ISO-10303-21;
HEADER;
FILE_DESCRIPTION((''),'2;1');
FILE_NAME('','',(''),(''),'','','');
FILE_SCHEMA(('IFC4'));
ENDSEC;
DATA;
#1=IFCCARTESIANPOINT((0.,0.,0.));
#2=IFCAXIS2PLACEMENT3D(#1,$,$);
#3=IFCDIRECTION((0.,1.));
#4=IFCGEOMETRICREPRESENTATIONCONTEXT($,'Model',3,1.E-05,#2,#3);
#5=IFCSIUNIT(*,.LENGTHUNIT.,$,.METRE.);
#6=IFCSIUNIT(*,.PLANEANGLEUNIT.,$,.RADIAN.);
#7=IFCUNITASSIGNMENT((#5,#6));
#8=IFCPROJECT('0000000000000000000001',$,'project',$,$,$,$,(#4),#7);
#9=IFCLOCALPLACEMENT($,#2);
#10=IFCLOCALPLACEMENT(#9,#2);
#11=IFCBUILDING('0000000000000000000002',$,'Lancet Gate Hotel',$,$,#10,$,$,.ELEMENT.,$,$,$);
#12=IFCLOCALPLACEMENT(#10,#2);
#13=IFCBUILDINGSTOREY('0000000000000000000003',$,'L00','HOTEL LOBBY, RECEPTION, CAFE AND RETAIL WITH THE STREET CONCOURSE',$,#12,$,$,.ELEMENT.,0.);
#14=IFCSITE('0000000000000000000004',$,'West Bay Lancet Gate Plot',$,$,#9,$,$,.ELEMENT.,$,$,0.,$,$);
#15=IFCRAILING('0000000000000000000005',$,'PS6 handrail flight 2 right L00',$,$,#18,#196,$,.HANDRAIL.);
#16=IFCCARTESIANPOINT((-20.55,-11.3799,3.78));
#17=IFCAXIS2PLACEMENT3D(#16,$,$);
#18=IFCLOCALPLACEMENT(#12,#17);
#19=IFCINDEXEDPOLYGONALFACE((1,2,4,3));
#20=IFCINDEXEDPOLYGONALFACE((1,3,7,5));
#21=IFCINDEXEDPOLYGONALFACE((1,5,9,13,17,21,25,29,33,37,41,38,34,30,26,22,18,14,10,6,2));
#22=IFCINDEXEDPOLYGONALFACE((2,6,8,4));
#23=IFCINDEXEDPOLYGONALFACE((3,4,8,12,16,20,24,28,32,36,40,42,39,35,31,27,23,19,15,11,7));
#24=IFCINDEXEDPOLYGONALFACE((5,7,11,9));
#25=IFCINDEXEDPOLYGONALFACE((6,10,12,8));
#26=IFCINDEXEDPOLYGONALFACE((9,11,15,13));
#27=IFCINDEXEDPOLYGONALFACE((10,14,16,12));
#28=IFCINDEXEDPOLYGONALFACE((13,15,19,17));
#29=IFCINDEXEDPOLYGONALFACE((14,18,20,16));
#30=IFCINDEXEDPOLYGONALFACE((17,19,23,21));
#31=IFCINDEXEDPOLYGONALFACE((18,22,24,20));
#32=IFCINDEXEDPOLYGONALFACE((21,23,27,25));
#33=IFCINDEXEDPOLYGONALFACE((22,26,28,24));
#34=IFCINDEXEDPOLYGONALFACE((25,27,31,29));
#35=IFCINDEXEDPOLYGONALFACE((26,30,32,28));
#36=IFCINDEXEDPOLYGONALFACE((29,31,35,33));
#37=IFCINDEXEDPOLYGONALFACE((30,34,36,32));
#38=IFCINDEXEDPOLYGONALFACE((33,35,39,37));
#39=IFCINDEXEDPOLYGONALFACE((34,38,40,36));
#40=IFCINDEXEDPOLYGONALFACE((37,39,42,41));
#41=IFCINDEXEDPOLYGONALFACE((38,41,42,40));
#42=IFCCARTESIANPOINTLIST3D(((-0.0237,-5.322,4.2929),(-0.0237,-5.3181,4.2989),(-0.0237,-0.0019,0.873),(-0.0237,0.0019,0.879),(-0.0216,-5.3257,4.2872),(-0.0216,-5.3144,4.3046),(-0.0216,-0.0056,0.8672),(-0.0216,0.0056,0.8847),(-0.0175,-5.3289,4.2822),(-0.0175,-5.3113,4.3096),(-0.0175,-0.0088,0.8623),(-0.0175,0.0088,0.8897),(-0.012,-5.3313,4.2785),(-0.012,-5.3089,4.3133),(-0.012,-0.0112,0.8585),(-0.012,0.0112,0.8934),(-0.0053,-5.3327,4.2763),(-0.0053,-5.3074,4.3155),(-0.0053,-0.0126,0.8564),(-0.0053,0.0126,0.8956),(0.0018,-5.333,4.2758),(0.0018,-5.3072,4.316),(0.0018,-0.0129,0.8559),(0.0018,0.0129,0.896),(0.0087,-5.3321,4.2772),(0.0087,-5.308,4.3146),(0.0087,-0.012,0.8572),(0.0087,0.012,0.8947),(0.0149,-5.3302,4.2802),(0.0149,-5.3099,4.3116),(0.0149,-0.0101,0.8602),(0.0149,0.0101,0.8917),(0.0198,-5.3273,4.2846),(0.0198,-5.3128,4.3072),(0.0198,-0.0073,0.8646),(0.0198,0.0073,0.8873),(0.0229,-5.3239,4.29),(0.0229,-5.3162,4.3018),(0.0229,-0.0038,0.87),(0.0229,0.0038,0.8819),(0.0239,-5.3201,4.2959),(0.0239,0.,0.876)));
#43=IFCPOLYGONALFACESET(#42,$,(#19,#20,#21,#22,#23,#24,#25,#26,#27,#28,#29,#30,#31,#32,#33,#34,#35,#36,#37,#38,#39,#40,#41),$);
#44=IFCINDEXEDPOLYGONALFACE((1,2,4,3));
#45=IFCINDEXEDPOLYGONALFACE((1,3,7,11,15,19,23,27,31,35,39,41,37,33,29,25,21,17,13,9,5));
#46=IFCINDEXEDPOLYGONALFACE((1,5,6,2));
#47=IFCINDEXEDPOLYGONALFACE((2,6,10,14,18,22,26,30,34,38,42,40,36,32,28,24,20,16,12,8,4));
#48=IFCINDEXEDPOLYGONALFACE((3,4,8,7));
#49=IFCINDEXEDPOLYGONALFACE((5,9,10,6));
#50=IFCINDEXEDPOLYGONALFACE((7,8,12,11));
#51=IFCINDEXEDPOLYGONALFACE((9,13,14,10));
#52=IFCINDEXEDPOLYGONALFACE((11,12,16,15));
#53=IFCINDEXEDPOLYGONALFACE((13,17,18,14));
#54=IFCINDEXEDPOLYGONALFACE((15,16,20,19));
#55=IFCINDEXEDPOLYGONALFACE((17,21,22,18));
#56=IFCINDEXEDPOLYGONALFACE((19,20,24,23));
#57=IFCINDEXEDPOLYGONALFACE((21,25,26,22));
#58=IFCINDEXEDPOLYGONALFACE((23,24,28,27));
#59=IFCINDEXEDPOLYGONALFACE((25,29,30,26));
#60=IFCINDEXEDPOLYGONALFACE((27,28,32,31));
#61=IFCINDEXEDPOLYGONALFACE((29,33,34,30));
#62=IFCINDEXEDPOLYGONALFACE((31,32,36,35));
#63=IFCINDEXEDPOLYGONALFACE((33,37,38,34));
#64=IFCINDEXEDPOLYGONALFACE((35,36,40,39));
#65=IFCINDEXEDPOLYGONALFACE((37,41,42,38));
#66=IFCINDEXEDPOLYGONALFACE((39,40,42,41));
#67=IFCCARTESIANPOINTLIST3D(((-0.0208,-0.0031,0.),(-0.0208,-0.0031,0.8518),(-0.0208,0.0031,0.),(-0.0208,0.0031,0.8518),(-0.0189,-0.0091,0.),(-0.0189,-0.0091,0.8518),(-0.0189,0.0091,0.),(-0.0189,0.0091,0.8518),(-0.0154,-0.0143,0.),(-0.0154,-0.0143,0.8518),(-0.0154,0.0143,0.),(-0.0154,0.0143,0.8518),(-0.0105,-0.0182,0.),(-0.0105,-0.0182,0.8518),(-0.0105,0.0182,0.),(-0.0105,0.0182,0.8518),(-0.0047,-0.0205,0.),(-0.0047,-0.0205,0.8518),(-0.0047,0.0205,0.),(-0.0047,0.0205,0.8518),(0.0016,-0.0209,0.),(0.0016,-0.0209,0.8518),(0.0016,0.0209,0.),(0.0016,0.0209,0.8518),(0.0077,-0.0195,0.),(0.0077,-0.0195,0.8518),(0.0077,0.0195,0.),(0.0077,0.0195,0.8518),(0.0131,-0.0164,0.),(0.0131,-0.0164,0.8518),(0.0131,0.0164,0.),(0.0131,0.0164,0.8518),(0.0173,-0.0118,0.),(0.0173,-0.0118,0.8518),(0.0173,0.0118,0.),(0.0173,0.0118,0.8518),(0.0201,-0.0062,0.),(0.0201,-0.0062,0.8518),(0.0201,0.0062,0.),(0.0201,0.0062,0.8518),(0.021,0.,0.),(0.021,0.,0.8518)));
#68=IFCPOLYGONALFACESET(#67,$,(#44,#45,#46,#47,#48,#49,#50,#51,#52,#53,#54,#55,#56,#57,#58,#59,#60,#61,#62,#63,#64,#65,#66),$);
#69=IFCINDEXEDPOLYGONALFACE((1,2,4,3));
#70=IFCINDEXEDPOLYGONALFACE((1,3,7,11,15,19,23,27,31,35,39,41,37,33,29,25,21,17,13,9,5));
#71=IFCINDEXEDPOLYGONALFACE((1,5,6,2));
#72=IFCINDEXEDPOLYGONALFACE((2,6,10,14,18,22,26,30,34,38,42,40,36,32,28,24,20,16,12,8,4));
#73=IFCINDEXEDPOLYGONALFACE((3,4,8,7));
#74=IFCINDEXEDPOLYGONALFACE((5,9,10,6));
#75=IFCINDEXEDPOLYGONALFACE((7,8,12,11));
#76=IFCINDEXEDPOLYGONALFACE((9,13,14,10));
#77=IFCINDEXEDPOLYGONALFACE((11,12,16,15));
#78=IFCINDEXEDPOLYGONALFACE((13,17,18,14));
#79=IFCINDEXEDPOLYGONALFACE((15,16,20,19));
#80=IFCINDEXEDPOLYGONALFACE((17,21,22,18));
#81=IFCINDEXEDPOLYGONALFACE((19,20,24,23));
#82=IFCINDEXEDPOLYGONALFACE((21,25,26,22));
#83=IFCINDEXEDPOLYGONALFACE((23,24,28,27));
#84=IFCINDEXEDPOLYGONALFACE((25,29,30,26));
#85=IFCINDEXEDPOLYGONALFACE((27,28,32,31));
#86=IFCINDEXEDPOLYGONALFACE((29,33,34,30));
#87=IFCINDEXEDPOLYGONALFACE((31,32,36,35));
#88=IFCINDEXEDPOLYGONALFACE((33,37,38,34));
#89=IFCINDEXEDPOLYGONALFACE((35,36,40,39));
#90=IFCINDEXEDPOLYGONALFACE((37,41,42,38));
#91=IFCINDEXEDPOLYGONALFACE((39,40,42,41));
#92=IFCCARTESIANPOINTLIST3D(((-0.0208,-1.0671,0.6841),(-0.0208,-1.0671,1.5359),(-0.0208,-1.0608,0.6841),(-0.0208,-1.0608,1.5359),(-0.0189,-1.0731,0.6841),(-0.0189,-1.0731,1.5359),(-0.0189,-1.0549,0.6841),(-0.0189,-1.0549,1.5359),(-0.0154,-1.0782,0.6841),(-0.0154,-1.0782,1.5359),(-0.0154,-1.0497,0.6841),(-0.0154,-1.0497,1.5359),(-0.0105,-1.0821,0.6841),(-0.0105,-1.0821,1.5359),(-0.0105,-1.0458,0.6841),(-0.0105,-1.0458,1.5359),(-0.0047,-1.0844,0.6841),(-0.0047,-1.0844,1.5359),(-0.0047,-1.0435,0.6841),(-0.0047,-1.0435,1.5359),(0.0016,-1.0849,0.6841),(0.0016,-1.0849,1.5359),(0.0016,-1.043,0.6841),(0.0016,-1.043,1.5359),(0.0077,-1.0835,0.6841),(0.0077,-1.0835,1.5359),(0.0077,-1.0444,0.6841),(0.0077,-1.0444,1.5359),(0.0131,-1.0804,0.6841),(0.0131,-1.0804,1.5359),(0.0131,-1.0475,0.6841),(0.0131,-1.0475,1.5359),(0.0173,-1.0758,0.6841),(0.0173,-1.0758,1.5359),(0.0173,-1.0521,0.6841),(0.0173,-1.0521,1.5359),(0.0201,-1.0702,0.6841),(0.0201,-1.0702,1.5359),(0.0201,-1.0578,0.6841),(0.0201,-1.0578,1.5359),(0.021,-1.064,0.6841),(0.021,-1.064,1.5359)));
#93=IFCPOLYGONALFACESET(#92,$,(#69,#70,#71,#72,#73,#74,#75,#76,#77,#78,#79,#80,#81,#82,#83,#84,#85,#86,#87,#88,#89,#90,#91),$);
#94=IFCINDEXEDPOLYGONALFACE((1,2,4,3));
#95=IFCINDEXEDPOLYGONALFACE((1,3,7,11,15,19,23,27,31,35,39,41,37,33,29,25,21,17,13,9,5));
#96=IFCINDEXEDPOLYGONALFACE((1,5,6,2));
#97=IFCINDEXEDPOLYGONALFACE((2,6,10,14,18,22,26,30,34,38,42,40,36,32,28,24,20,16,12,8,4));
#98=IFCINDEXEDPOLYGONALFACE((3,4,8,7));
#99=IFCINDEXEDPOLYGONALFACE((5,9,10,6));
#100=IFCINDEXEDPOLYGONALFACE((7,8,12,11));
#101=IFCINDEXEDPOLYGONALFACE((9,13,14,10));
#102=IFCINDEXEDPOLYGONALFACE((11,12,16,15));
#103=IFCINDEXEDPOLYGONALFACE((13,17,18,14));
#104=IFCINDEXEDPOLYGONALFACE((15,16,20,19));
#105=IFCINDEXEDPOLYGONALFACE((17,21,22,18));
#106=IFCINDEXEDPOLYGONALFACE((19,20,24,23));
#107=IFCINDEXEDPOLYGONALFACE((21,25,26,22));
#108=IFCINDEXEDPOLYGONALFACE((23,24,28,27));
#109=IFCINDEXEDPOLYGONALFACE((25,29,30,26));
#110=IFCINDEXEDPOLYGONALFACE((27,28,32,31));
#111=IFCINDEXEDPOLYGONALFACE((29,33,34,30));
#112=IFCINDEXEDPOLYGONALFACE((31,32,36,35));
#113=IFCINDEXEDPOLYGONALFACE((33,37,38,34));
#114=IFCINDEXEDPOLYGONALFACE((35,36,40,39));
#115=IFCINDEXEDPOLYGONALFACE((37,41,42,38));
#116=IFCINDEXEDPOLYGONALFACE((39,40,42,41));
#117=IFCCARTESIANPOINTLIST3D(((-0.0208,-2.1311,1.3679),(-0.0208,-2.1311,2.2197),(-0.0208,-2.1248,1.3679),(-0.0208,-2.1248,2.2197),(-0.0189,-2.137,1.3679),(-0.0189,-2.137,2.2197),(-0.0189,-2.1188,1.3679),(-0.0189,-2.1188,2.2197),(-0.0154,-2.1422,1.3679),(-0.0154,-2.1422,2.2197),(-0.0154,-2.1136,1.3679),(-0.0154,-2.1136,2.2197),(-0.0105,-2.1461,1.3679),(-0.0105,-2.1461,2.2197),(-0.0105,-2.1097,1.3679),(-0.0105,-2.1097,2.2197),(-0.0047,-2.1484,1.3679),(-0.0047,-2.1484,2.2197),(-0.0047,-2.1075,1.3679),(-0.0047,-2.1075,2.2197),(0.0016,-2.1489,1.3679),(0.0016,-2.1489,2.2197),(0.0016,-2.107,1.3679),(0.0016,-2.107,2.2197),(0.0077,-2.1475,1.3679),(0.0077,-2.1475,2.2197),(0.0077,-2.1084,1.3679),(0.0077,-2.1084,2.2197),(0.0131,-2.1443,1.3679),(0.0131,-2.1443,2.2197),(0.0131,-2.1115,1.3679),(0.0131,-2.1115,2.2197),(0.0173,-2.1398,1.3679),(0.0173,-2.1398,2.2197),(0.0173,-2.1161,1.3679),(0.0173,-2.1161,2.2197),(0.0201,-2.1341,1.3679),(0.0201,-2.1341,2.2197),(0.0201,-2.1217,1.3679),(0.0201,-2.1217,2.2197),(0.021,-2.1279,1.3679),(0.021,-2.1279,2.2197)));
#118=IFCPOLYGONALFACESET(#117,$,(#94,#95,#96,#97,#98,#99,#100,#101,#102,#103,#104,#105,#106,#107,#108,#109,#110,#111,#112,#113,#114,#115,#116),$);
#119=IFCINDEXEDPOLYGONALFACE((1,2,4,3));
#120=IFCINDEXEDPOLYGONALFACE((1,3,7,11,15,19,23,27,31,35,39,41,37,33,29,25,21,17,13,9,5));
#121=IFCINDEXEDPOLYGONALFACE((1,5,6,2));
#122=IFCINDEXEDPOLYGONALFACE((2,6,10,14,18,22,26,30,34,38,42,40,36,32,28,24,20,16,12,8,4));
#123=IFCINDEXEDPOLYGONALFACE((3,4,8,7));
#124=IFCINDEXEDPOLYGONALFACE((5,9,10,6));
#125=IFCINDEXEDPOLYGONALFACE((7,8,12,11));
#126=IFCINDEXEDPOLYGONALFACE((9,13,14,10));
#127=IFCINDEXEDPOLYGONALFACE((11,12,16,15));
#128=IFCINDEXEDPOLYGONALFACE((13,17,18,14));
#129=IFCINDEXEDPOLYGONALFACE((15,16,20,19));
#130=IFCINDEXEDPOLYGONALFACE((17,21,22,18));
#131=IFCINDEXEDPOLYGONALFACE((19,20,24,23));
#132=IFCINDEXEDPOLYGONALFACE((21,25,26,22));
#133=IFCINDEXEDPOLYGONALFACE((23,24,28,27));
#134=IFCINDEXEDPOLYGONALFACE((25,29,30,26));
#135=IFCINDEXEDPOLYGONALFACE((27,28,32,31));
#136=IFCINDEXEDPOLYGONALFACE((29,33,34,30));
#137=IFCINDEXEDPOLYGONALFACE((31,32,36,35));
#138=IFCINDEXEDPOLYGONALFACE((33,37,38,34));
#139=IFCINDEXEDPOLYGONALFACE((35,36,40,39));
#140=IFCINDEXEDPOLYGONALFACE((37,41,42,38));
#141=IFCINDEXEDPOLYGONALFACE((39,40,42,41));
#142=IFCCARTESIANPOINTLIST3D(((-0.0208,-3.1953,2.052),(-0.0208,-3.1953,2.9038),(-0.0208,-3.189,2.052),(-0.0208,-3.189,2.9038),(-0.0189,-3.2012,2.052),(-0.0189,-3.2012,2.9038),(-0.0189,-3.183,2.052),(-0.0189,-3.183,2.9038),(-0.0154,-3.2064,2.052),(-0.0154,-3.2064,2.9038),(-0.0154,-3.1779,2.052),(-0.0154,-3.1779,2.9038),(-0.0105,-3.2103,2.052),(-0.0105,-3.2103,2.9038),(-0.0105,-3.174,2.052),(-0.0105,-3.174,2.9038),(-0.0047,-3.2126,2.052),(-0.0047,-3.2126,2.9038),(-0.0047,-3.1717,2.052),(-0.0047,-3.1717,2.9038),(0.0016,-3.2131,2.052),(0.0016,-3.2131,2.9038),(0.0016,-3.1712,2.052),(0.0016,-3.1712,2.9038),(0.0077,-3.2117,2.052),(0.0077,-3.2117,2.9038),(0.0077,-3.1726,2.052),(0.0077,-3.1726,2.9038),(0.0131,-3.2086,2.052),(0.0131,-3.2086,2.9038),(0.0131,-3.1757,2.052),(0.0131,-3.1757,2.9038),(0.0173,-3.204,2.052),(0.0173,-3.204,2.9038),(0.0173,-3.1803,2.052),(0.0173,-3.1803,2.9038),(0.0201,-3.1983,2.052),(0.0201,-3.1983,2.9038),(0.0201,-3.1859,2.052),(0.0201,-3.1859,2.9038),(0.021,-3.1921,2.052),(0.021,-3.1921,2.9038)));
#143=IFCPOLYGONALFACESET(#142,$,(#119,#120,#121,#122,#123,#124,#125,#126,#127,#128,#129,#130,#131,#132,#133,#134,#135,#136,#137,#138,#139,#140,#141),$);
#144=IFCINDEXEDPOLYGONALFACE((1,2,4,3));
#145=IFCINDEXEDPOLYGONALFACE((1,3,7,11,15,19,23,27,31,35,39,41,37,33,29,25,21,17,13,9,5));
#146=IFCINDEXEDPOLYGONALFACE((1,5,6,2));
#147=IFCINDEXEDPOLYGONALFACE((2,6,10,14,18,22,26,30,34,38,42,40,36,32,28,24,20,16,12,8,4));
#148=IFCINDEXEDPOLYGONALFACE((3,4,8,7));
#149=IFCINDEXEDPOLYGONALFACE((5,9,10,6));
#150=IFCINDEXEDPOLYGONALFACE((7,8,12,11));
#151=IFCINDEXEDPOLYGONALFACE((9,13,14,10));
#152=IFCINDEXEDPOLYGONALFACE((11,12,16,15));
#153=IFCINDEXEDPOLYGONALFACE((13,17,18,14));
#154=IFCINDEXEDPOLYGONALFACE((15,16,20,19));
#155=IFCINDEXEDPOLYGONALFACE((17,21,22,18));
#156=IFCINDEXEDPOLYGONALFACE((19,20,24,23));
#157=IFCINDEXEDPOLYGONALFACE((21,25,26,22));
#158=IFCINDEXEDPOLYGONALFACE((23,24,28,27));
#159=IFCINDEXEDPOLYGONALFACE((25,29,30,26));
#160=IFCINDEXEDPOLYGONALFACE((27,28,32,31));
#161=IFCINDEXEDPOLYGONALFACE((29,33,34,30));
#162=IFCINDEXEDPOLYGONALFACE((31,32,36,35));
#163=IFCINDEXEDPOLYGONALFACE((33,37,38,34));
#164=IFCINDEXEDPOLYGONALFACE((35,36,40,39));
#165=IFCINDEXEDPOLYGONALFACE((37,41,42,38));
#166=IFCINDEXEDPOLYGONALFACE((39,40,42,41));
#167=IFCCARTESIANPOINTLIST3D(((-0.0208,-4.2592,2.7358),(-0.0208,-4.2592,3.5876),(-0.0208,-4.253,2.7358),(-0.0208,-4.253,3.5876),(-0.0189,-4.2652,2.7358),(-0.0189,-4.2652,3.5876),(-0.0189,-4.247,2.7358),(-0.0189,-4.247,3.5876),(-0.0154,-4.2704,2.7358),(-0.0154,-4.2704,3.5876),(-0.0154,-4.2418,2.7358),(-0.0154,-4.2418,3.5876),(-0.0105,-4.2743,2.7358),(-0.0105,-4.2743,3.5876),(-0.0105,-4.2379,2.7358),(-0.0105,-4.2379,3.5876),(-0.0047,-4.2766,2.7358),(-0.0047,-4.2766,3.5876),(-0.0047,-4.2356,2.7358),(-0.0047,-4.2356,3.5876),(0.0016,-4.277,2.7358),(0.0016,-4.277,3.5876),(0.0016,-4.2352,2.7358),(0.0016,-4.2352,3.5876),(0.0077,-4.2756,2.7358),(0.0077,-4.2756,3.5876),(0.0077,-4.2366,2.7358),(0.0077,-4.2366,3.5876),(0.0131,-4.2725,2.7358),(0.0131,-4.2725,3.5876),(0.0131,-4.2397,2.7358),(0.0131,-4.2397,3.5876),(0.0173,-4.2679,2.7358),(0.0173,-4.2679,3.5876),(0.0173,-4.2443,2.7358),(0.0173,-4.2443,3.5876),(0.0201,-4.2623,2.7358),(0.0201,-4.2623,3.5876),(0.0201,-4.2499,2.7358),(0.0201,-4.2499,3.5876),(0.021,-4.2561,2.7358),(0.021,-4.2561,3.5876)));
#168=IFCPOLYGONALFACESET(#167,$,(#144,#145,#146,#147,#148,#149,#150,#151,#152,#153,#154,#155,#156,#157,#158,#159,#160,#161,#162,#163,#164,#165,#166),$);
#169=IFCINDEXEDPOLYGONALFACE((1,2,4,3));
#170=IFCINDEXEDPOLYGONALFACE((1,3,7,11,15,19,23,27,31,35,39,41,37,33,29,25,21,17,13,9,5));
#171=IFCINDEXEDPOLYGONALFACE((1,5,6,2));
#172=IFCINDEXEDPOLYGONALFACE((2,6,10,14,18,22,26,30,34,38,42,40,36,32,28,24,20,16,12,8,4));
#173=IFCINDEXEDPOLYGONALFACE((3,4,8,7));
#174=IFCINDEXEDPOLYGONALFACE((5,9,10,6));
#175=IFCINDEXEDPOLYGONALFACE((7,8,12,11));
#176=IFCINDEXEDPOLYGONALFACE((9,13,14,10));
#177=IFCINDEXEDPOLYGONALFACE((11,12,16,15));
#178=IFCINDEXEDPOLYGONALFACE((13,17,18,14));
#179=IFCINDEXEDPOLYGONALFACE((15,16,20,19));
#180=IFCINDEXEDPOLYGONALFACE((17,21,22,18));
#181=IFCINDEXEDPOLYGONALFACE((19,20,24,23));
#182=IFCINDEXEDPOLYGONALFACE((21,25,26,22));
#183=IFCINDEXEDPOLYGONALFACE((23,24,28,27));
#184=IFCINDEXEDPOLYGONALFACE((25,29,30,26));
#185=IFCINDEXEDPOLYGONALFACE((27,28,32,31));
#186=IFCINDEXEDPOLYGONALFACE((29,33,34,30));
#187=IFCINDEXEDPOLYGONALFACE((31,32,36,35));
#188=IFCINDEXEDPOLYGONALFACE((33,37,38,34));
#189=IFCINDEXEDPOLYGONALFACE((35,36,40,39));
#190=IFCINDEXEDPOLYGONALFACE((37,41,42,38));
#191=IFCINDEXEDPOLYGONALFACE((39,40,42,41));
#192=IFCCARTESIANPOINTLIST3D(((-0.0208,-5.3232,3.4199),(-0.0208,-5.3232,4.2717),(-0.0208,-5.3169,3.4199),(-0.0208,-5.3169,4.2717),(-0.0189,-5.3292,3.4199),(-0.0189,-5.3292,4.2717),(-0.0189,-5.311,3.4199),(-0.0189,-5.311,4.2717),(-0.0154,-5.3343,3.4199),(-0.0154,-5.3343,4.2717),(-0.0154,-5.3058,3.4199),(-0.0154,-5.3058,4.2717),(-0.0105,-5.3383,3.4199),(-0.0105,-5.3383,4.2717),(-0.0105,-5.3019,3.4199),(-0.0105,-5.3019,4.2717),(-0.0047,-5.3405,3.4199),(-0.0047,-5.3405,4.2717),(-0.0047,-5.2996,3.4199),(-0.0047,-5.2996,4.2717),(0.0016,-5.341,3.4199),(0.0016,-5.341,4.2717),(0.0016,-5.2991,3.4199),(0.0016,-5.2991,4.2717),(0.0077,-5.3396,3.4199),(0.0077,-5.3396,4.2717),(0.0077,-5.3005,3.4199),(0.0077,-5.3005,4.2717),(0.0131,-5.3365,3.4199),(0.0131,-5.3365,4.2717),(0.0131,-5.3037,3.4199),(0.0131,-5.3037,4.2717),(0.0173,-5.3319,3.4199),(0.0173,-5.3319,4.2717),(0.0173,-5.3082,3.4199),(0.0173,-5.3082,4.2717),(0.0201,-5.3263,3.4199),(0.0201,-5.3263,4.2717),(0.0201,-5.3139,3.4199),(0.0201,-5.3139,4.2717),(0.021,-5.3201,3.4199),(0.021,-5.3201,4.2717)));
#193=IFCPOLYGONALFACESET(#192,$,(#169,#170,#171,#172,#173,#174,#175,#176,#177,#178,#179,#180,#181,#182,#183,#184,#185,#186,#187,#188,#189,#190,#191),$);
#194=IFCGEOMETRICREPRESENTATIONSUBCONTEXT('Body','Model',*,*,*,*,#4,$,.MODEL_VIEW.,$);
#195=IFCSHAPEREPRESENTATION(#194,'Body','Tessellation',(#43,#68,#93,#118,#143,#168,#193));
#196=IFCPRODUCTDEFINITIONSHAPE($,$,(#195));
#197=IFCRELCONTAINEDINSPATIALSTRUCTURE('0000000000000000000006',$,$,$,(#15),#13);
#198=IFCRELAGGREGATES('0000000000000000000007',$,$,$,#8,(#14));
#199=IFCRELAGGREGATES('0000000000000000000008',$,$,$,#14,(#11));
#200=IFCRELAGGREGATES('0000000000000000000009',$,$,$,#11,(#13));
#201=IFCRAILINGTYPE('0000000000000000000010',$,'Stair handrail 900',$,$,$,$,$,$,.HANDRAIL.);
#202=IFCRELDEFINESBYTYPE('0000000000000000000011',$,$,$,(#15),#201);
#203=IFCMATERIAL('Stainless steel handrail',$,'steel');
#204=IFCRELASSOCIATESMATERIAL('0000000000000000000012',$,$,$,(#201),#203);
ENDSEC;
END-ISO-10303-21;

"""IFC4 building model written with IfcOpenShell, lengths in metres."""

from ifc_helpers import new_model, si_unit, direction, frame, origin, origin_2d, place, context, subcontext, project, spatial, circle, extrude, material, type_object, element, save


model = new_model("IFC4")

# Units and contexts
model_context = context("Model", 3, precision=1e-05, world=origin(), true_north=direction((0.0, 1.0)))
body_context = subcontext(model_context, "Body", "Model", "MODEL_VIEW")
ifc_project = project(units=[si_unit("LENGTHUNIT", "METRE"), si_unit("PLANEANGLEUNIT", "RADIAN")], contexts=[model_context])

# Site, building, storey
site_placement = place(None, origin())
site = spatial("IfcSite", under=ifc_project, at=site_placement, Name="West Bay Lancet Gate Plot", CompositionType="ELEMENT", RefElevation=0.0)
building_placement = place(site_placement, origin())
building = spatial("IfcBuilding", under=site, at=building_placement, Name="Lancet Gate Hotel", CompositionType="ELEMENT")
storey_placement = place(building_placement, origin())
storey = spatial("IfcBuildingStorey", under=building, at=storey_placement, Name="L00", Description="HOTEL LOBBY, RECEPTION, CAFE AND RETAIL WITH THE STREET CONCOURSE", CompositionType="ELEMENT", Elevation=0.0)

# Railing
ifc_material_1 = material(Name="Stainless steel handrail", Category="steel")
railing_type_1 = type_object("IfcRailingType", Name="Stair handrail 900", PredefinedType="HANDRAIL", material=ifc_material_1)
for number, where, name in (
    (1, (-20.55, -11.3799, 3.78), "PS6 handrail flight 2 right L00"),
):
    element("IfcRailing", number, at=place(storey_placement, frame(where)), inside=storey, type_object=railing_type_1, Name=name, PredefinedType="HANDRAIL", context=body_context, shape_type="SweptSolid", body=[
        extrude(circle(Radius=0.0239, at=origin_2d()), frame((0.0, 0.0, 0.876), z_axis=(0.0, -0.841187, 0.540744), x_axis=(1.0, 0.0, 0.0)), (0.0, 0.0, 1.0), 6.3245),
        extrude(circle(Radius=0.021, at=origin_2d()), origin(), (0.0, 0.0, 1.0), 0.8518),
        extrude(circle(Radius=0.021, at=origin_2d()), frame((0.0, -1.064, 0.6841)), (0.0, 0.0, 1.0), 0.8518),
        extrude(circle(Radius=0.021, at=origin_2d()), frame((0.0, -2.1279, 1.3679)), (0.0, 0.0, 1.0), 0.8518),
        extrude(circle(Radius=0.021, at=origin_2d()), frame((0.0, -3.1921, 2.052)), (0.0, 0.0, 1.0), 0.8518),
        extrude(circle(Radius=0.021, at=origin_2d()), frame((0.0, -4.2561, 2.7358)), (0.0, 0.0, 1.0), 0.8518),
        extrude(circle(Radius=0.021, at=origin_2d()), frame((0.0, -5.3201, 3.4199)), (0.0, 0.0, 1.0), 0.8518),
    ])

save(model, "model.ifc")
